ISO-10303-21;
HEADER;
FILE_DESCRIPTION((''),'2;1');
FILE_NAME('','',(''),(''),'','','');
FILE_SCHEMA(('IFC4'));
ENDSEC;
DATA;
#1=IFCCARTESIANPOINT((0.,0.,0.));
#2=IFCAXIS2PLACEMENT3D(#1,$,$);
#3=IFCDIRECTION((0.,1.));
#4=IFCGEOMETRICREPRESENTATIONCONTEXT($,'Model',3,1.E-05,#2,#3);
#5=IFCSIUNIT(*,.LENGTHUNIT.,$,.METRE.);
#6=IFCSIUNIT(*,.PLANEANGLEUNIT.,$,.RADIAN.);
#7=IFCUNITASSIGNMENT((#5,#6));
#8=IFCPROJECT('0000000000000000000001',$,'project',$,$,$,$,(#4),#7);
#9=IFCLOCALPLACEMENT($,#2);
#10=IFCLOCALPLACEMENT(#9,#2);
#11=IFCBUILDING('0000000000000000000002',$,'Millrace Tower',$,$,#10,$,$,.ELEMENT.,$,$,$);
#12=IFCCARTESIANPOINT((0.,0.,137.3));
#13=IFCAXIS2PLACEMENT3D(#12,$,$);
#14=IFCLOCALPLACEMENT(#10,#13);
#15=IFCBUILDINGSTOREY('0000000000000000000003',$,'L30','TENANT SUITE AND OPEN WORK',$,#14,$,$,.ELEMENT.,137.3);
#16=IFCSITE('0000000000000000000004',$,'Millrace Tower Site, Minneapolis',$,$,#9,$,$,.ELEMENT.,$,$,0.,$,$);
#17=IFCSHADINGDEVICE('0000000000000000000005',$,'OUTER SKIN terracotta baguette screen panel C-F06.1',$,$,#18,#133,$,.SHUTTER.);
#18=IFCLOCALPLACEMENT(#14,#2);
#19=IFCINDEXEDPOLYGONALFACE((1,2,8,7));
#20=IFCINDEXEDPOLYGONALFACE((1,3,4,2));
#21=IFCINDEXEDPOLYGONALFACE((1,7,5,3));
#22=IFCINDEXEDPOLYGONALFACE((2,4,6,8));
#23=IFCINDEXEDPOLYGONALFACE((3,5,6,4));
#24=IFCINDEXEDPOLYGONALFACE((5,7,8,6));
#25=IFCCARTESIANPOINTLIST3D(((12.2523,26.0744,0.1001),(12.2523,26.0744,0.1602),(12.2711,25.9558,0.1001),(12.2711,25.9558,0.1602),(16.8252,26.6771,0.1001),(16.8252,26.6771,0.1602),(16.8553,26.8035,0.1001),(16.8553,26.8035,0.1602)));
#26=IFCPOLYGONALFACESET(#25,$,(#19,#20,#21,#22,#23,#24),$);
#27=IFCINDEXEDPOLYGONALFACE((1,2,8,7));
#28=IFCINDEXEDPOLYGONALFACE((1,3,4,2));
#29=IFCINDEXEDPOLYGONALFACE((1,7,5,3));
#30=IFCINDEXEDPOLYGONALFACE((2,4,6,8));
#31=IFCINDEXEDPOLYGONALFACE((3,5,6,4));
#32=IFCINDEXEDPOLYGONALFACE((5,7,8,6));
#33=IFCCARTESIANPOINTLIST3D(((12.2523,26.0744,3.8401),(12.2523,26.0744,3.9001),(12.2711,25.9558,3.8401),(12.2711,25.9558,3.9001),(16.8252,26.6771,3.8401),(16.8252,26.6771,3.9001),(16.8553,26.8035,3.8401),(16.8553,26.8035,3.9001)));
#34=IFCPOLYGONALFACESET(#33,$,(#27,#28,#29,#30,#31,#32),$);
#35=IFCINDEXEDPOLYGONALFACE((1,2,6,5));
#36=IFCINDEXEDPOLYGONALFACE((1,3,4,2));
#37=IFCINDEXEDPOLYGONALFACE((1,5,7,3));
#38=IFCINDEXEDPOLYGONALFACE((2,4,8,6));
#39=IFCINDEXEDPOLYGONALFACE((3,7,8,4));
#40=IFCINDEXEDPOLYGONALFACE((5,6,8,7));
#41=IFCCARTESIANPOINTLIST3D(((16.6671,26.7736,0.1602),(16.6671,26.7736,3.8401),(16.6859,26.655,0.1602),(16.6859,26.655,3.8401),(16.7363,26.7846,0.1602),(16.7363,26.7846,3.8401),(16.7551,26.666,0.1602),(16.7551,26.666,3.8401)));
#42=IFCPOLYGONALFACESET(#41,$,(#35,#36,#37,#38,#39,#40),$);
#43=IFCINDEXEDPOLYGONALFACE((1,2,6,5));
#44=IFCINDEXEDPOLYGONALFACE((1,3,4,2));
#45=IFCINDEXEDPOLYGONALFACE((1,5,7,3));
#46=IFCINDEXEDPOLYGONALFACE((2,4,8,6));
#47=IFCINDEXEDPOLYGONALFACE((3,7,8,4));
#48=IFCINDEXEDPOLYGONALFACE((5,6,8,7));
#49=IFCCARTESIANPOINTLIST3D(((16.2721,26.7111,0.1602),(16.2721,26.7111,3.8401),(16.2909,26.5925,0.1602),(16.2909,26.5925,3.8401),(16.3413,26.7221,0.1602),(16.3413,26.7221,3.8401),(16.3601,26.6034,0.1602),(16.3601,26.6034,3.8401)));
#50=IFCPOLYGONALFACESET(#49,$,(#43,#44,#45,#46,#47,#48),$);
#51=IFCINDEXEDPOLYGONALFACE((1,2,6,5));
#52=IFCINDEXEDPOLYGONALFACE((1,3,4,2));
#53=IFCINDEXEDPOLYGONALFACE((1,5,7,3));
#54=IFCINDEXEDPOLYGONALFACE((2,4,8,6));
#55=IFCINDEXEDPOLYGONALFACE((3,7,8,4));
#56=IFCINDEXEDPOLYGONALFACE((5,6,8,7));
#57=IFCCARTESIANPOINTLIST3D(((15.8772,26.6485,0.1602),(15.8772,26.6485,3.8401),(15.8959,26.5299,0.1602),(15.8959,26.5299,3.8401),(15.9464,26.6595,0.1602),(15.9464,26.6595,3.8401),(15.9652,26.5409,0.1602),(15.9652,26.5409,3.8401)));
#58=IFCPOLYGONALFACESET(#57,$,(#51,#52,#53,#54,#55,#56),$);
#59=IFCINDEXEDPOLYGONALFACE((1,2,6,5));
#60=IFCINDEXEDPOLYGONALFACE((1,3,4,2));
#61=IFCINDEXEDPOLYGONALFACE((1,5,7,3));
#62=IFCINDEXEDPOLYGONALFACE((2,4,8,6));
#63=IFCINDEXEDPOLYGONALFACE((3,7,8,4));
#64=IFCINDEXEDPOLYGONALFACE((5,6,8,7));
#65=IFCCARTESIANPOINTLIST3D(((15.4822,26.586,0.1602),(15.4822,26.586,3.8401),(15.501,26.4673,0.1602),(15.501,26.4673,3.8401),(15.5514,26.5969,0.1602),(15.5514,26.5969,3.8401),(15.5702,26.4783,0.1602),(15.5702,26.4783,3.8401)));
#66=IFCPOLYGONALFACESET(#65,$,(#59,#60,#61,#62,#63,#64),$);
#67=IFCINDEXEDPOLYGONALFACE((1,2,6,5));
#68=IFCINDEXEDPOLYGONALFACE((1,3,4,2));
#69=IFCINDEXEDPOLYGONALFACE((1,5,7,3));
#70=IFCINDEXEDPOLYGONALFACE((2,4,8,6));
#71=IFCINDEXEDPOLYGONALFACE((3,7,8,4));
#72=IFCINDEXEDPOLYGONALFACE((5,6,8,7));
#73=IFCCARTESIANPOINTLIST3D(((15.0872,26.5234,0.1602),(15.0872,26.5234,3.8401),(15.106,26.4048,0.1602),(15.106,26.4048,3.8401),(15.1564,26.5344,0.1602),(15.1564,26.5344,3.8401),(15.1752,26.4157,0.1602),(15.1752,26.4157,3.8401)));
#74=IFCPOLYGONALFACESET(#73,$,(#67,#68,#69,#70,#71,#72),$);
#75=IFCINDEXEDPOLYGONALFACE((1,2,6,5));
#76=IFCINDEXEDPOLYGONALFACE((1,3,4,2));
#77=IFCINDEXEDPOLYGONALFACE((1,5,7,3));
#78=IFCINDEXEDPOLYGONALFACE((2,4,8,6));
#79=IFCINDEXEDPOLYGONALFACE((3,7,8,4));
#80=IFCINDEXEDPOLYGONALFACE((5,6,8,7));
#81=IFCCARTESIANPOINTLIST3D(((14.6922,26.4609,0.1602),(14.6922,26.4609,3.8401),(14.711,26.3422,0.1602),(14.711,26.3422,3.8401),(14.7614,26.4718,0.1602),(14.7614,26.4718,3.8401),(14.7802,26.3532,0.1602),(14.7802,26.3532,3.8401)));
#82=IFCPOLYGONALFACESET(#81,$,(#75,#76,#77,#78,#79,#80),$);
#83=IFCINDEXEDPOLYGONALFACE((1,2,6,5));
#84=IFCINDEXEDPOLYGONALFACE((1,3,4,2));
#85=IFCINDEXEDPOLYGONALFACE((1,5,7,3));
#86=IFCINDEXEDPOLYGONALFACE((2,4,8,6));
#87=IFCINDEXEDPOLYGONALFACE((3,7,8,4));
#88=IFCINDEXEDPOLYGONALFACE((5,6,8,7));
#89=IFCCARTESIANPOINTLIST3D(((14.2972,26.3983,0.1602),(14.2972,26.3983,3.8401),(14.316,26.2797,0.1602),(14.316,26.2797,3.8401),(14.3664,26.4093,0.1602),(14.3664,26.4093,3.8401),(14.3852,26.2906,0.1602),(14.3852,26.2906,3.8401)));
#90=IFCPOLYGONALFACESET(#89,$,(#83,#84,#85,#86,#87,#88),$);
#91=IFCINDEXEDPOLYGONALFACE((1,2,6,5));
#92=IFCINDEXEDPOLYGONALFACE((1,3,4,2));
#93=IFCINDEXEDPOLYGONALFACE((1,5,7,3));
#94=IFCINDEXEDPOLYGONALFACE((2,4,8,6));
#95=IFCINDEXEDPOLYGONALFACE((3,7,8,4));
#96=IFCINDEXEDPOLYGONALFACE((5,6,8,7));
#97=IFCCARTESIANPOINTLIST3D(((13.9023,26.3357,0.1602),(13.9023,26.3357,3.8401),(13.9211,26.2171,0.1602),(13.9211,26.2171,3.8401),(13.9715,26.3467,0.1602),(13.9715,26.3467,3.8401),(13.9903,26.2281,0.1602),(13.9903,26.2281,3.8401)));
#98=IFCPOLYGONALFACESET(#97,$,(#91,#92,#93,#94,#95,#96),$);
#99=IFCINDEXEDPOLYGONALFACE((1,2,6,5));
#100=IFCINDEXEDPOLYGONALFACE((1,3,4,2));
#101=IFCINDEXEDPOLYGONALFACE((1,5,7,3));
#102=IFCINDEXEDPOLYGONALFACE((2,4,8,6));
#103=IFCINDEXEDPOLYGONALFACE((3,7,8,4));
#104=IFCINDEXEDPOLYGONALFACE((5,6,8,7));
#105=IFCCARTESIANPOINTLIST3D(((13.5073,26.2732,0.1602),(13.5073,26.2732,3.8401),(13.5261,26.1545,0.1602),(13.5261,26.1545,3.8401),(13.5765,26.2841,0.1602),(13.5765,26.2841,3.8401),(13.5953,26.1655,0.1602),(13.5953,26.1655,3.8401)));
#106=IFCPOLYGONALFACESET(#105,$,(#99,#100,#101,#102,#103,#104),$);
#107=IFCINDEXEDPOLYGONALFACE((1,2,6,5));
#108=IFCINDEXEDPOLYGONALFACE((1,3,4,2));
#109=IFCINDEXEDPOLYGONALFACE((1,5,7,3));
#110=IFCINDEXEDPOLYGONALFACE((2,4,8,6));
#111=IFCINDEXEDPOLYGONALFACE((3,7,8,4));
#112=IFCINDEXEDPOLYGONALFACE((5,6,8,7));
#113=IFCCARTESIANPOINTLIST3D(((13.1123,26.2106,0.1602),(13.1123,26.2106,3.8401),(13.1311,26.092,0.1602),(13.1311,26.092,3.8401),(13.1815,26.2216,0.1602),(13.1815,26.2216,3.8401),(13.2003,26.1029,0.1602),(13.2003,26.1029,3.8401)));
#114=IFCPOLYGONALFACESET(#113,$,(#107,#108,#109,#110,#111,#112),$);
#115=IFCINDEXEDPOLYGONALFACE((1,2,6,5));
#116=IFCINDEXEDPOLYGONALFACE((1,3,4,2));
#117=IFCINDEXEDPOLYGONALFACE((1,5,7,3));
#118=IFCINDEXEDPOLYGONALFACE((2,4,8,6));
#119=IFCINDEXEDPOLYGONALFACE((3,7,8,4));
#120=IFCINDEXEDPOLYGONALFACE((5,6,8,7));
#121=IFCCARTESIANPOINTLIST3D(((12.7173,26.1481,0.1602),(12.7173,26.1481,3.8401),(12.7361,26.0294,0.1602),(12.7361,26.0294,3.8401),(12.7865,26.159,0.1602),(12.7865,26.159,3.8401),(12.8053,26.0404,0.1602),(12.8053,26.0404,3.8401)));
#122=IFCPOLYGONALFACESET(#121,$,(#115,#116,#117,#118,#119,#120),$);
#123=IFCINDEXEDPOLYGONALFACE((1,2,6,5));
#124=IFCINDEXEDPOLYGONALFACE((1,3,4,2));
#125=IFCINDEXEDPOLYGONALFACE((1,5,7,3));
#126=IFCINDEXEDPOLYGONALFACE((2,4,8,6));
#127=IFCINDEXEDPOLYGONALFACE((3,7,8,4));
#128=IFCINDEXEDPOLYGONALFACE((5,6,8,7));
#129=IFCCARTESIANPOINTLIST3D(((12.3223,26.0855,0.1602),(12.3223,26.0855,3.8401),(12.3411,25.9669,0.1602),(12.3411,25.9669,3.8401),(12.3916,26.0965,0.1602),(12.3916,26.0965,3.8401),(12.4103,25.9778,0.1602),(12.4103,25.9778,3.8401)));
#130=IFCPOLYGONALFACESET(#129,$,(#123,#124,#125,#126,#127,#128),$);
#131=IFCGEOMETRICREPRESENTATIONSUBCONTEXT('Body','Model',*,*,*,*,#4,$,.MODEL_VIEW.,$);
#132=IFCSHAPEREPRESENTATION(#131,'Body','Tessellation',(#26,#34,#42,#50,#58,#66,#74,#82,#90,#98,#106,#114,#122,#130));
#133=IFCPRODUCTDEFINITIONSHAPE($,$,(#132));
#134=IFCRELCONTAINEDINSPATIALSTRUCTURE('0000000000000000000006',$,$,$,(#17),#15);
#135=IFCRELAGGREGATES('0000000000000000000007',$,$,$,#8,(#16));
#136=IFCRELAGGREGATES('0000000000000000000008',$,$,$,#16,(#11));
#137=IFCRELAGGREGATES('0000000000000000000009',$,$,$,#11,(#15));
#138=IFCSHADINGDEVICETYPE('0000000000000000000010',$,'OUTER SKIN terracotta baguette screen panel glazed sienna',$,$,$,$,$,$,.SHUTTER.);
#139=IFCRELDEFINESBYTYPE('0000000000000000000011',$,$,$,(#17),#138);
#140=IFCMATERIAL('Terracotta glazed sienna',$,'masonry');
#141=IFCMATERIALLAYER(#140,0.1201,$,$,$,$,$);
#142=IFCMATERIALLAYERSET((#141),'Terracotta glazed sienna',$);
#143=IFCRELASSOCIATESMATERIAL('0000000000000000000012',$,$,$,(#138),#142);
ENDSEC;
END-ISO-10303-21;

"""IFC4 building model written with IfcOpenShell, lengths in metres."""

from ifc_helpers import new_model, entity, si_unit, direction, frame, frame_2d, origin, place, context, subcontext, project, spatial, rectangle, extrude, source, transform, mapped, material, layer, layer_set, type_object, element, save


model = new_model("IFC4")

# Units and contexts
model_context = context("Model", 3, precision=1e-05, world=origin(), true_north=direction((0.0, 1.0)))
body_context = subcontext(model_context, "Body", "Model", "MODEL_VIEW")
ifc_project = project(units=[si_unit("LENGTHUNIT", "METRE"), si_unit("PLANEANGLEUNIT", "RADIAN")], contexts=[model_context])

# Site, building, storey
site_placement = place(None, origin())
site = spatial("IfcSite", under=ifc_project, at=site_placement, Name="Millrace Tower Site, Minneapolis", CompositionType="ELEMENT", RefElevation=0.0)
building_placement = place(site_placement, origin())
building = spatial("IfcBuilding", under=site, at=building_placement, Name="Millrace Tower", CompositionType="ELEMENT")
storey_placement = place(building_placement, frame((0.0, 0.0, 137.3)))
storey = spatial("IfcBuildingStorey", under=building, at=storey_placement, Name="L30", Description="TENANT SUITE AND OPEN WORK", CompositionType="ELEMENT", Elevation=137.3)

# Shading device
ifc_material_1 = material(Name="Terracotta glazed sienna", Category="masonry")
ifc_layer_1 = layer(ifc_material_1, 0.1201)
ifc_layer_set_1 = layer_set([ifc_layer_1], Name="Terracotta glazed sienna")
shading_device_type = type_object("IfcShadingDeviceType", Name="OUTER SKIN terracotta baguette screen panel glazed sienna", PredefinedType="SHUTTER", material=ifc_layer_set_1)
cartesian_point_1 = entity("IfcCartesianPoint", [-2.293, 0.0601])
shared_polyline_1 = entity("IfcPolyline", [cartesian_point_1, entity("IfcCartesianPoint", [2.3179, 0.0601]), entity("IfcCartesianPoint", [2.3179, -0.0601]), entity("IfcCartesianPoint", [-2.3425, -0.0601]), cartesian_point_1])
shared_shape_1 = source(origin(), body_context, "Body", "SweptSolid", [
    entity("IfcExtrudedAreaSolid", entity("IfcArbitraryClosedProfileDef", "AREA", None, shared_polyline_1), entity("IfcAxis2Placement3D", entity("IfcCartesianPoint", [0.0, 0.0, 0.0])), entity("IfcDirection", [0.0, 0.0, 1.0]), 0.0601),
    entity("IfcExtrudedAreaSolid", entity("IfcArbitraryClosedProfileDef", "AREA", None, shared_polyline_1), entity("IfcAxis2Placement3D", entity("IfcCartesianPoint", [0.0, 0.0, 3.74])), entity("IfcDirection", [0.0, 0.0, 1.0]), 0.0601),
    extrude(rectangle(XDim=0.0701, YDim=0.1201, at=frame_2d((-2.187, 0.0))), frame((0.0, 0.0, 0.0601)), (0.0, 0.0, 1.0), 3.6799),
    extrude(rectangle(XDim=0.0701, YDim=0.1201, at=frame_2d((-1.7871, 0.0))), frame((0.0, 0.0, 0.0601)), (0.0, 0.0, 1.0), 3.6799),
    extrude(rectangle(XDim=0.0701, YDim=0.1201, at=frame_2d((-1.3872, 0.0))), frame((0.0, 0.0, 0.0601)), (0.0, 0.0, 1.0), 3.6799),
    extrude(rectangle(XDim=0.0701, YDim=0.1201, at=frame_2d((-0.9873, 0.0))), frame((0.0, 0.0, 0.0601)), (0.0, 0.0, 1.0), 3.6799),
    extrude(rectangle(XDim=0.0701, YDim=0.1201, at=frame_2d((-0.5874, 0.0))), frame((0.0, 0.0, 0.0601)), (0.0, 0.0, 1.0), 3.6799),
    extrude(rectangle(XDim=0.0701, YDim=0.1201, at=frame_2d((-0.1875, 0.0))), frame((0.0, 0.0, 0.0601)), (0.0, 0.0, 1.0), 3.6799),
    extrude(rectangle(XDim=0.0701, YDim=0.1201, at=frame_2d((0.2124, 0.0))), frame((0.0, 0.0, 0.0601)), (0.0, 0.0, 1.0), 3.6799),
    extrude(rectangle(XDim=0.0701, YDim=0.1201, at=frame_2d((0.6123, 0.0))), frame((0.0, 0.0, 0.0601)), (0.0, 0.0, 1.0), 3.6799),
    extrude(rectangle(XDim=0.0701, YDim=0.1201, at=frame_2d((1.0122, 0.0))), frame((0.0, 0.0, 0.0601)), (0.0, 0.0, 1.0), 3.6799),
    extrude(rectangle(XDim=0.0701, YDim=0.1201, at=frame_2d((1.4121, 0.0))), frame((0.0, 0.0, 0.0601)), (0.0, 0.0, 1.0), 3.6799),
    extrude(rectangle(XDim=0.0701, YDim=0.1201, at=frame_2d((1.812, 0.0))), frame((0.0, 0.0, 0.0601)), (0.0, 0.0, 1.0), 3.6799),
    extrude(rectangle(XDim=0.0701, YDim=0.1201, at=frame_2d((2.2119, 0.0))), frame((0.0, 0.0, 0.0601)), (0.0, 0.0, 1.0), 3.6799),
])
shading_device_placement = place(storey_placement, frame((14.551, 26.3777, 0.1001), z_axis=(0.0, 0.0, 1.0), x_axis=(-0.987688, -0.156434, 0.0)))
element("IfcShadingDevice", 1, at=shading_device_placement, inside=storey, type_object=shading_device_type, Name="OUTER SKIN terracotta baguette screen panel C-F06.1", PredefinedType="SHUTTER", context=body_context, shape_type="MappedRepresentation", body=[
    mapped(shared_shape_1, transform((0.0, 0.0, 0.0), scale=1.0)),
])

save(model, "model.ifc")
